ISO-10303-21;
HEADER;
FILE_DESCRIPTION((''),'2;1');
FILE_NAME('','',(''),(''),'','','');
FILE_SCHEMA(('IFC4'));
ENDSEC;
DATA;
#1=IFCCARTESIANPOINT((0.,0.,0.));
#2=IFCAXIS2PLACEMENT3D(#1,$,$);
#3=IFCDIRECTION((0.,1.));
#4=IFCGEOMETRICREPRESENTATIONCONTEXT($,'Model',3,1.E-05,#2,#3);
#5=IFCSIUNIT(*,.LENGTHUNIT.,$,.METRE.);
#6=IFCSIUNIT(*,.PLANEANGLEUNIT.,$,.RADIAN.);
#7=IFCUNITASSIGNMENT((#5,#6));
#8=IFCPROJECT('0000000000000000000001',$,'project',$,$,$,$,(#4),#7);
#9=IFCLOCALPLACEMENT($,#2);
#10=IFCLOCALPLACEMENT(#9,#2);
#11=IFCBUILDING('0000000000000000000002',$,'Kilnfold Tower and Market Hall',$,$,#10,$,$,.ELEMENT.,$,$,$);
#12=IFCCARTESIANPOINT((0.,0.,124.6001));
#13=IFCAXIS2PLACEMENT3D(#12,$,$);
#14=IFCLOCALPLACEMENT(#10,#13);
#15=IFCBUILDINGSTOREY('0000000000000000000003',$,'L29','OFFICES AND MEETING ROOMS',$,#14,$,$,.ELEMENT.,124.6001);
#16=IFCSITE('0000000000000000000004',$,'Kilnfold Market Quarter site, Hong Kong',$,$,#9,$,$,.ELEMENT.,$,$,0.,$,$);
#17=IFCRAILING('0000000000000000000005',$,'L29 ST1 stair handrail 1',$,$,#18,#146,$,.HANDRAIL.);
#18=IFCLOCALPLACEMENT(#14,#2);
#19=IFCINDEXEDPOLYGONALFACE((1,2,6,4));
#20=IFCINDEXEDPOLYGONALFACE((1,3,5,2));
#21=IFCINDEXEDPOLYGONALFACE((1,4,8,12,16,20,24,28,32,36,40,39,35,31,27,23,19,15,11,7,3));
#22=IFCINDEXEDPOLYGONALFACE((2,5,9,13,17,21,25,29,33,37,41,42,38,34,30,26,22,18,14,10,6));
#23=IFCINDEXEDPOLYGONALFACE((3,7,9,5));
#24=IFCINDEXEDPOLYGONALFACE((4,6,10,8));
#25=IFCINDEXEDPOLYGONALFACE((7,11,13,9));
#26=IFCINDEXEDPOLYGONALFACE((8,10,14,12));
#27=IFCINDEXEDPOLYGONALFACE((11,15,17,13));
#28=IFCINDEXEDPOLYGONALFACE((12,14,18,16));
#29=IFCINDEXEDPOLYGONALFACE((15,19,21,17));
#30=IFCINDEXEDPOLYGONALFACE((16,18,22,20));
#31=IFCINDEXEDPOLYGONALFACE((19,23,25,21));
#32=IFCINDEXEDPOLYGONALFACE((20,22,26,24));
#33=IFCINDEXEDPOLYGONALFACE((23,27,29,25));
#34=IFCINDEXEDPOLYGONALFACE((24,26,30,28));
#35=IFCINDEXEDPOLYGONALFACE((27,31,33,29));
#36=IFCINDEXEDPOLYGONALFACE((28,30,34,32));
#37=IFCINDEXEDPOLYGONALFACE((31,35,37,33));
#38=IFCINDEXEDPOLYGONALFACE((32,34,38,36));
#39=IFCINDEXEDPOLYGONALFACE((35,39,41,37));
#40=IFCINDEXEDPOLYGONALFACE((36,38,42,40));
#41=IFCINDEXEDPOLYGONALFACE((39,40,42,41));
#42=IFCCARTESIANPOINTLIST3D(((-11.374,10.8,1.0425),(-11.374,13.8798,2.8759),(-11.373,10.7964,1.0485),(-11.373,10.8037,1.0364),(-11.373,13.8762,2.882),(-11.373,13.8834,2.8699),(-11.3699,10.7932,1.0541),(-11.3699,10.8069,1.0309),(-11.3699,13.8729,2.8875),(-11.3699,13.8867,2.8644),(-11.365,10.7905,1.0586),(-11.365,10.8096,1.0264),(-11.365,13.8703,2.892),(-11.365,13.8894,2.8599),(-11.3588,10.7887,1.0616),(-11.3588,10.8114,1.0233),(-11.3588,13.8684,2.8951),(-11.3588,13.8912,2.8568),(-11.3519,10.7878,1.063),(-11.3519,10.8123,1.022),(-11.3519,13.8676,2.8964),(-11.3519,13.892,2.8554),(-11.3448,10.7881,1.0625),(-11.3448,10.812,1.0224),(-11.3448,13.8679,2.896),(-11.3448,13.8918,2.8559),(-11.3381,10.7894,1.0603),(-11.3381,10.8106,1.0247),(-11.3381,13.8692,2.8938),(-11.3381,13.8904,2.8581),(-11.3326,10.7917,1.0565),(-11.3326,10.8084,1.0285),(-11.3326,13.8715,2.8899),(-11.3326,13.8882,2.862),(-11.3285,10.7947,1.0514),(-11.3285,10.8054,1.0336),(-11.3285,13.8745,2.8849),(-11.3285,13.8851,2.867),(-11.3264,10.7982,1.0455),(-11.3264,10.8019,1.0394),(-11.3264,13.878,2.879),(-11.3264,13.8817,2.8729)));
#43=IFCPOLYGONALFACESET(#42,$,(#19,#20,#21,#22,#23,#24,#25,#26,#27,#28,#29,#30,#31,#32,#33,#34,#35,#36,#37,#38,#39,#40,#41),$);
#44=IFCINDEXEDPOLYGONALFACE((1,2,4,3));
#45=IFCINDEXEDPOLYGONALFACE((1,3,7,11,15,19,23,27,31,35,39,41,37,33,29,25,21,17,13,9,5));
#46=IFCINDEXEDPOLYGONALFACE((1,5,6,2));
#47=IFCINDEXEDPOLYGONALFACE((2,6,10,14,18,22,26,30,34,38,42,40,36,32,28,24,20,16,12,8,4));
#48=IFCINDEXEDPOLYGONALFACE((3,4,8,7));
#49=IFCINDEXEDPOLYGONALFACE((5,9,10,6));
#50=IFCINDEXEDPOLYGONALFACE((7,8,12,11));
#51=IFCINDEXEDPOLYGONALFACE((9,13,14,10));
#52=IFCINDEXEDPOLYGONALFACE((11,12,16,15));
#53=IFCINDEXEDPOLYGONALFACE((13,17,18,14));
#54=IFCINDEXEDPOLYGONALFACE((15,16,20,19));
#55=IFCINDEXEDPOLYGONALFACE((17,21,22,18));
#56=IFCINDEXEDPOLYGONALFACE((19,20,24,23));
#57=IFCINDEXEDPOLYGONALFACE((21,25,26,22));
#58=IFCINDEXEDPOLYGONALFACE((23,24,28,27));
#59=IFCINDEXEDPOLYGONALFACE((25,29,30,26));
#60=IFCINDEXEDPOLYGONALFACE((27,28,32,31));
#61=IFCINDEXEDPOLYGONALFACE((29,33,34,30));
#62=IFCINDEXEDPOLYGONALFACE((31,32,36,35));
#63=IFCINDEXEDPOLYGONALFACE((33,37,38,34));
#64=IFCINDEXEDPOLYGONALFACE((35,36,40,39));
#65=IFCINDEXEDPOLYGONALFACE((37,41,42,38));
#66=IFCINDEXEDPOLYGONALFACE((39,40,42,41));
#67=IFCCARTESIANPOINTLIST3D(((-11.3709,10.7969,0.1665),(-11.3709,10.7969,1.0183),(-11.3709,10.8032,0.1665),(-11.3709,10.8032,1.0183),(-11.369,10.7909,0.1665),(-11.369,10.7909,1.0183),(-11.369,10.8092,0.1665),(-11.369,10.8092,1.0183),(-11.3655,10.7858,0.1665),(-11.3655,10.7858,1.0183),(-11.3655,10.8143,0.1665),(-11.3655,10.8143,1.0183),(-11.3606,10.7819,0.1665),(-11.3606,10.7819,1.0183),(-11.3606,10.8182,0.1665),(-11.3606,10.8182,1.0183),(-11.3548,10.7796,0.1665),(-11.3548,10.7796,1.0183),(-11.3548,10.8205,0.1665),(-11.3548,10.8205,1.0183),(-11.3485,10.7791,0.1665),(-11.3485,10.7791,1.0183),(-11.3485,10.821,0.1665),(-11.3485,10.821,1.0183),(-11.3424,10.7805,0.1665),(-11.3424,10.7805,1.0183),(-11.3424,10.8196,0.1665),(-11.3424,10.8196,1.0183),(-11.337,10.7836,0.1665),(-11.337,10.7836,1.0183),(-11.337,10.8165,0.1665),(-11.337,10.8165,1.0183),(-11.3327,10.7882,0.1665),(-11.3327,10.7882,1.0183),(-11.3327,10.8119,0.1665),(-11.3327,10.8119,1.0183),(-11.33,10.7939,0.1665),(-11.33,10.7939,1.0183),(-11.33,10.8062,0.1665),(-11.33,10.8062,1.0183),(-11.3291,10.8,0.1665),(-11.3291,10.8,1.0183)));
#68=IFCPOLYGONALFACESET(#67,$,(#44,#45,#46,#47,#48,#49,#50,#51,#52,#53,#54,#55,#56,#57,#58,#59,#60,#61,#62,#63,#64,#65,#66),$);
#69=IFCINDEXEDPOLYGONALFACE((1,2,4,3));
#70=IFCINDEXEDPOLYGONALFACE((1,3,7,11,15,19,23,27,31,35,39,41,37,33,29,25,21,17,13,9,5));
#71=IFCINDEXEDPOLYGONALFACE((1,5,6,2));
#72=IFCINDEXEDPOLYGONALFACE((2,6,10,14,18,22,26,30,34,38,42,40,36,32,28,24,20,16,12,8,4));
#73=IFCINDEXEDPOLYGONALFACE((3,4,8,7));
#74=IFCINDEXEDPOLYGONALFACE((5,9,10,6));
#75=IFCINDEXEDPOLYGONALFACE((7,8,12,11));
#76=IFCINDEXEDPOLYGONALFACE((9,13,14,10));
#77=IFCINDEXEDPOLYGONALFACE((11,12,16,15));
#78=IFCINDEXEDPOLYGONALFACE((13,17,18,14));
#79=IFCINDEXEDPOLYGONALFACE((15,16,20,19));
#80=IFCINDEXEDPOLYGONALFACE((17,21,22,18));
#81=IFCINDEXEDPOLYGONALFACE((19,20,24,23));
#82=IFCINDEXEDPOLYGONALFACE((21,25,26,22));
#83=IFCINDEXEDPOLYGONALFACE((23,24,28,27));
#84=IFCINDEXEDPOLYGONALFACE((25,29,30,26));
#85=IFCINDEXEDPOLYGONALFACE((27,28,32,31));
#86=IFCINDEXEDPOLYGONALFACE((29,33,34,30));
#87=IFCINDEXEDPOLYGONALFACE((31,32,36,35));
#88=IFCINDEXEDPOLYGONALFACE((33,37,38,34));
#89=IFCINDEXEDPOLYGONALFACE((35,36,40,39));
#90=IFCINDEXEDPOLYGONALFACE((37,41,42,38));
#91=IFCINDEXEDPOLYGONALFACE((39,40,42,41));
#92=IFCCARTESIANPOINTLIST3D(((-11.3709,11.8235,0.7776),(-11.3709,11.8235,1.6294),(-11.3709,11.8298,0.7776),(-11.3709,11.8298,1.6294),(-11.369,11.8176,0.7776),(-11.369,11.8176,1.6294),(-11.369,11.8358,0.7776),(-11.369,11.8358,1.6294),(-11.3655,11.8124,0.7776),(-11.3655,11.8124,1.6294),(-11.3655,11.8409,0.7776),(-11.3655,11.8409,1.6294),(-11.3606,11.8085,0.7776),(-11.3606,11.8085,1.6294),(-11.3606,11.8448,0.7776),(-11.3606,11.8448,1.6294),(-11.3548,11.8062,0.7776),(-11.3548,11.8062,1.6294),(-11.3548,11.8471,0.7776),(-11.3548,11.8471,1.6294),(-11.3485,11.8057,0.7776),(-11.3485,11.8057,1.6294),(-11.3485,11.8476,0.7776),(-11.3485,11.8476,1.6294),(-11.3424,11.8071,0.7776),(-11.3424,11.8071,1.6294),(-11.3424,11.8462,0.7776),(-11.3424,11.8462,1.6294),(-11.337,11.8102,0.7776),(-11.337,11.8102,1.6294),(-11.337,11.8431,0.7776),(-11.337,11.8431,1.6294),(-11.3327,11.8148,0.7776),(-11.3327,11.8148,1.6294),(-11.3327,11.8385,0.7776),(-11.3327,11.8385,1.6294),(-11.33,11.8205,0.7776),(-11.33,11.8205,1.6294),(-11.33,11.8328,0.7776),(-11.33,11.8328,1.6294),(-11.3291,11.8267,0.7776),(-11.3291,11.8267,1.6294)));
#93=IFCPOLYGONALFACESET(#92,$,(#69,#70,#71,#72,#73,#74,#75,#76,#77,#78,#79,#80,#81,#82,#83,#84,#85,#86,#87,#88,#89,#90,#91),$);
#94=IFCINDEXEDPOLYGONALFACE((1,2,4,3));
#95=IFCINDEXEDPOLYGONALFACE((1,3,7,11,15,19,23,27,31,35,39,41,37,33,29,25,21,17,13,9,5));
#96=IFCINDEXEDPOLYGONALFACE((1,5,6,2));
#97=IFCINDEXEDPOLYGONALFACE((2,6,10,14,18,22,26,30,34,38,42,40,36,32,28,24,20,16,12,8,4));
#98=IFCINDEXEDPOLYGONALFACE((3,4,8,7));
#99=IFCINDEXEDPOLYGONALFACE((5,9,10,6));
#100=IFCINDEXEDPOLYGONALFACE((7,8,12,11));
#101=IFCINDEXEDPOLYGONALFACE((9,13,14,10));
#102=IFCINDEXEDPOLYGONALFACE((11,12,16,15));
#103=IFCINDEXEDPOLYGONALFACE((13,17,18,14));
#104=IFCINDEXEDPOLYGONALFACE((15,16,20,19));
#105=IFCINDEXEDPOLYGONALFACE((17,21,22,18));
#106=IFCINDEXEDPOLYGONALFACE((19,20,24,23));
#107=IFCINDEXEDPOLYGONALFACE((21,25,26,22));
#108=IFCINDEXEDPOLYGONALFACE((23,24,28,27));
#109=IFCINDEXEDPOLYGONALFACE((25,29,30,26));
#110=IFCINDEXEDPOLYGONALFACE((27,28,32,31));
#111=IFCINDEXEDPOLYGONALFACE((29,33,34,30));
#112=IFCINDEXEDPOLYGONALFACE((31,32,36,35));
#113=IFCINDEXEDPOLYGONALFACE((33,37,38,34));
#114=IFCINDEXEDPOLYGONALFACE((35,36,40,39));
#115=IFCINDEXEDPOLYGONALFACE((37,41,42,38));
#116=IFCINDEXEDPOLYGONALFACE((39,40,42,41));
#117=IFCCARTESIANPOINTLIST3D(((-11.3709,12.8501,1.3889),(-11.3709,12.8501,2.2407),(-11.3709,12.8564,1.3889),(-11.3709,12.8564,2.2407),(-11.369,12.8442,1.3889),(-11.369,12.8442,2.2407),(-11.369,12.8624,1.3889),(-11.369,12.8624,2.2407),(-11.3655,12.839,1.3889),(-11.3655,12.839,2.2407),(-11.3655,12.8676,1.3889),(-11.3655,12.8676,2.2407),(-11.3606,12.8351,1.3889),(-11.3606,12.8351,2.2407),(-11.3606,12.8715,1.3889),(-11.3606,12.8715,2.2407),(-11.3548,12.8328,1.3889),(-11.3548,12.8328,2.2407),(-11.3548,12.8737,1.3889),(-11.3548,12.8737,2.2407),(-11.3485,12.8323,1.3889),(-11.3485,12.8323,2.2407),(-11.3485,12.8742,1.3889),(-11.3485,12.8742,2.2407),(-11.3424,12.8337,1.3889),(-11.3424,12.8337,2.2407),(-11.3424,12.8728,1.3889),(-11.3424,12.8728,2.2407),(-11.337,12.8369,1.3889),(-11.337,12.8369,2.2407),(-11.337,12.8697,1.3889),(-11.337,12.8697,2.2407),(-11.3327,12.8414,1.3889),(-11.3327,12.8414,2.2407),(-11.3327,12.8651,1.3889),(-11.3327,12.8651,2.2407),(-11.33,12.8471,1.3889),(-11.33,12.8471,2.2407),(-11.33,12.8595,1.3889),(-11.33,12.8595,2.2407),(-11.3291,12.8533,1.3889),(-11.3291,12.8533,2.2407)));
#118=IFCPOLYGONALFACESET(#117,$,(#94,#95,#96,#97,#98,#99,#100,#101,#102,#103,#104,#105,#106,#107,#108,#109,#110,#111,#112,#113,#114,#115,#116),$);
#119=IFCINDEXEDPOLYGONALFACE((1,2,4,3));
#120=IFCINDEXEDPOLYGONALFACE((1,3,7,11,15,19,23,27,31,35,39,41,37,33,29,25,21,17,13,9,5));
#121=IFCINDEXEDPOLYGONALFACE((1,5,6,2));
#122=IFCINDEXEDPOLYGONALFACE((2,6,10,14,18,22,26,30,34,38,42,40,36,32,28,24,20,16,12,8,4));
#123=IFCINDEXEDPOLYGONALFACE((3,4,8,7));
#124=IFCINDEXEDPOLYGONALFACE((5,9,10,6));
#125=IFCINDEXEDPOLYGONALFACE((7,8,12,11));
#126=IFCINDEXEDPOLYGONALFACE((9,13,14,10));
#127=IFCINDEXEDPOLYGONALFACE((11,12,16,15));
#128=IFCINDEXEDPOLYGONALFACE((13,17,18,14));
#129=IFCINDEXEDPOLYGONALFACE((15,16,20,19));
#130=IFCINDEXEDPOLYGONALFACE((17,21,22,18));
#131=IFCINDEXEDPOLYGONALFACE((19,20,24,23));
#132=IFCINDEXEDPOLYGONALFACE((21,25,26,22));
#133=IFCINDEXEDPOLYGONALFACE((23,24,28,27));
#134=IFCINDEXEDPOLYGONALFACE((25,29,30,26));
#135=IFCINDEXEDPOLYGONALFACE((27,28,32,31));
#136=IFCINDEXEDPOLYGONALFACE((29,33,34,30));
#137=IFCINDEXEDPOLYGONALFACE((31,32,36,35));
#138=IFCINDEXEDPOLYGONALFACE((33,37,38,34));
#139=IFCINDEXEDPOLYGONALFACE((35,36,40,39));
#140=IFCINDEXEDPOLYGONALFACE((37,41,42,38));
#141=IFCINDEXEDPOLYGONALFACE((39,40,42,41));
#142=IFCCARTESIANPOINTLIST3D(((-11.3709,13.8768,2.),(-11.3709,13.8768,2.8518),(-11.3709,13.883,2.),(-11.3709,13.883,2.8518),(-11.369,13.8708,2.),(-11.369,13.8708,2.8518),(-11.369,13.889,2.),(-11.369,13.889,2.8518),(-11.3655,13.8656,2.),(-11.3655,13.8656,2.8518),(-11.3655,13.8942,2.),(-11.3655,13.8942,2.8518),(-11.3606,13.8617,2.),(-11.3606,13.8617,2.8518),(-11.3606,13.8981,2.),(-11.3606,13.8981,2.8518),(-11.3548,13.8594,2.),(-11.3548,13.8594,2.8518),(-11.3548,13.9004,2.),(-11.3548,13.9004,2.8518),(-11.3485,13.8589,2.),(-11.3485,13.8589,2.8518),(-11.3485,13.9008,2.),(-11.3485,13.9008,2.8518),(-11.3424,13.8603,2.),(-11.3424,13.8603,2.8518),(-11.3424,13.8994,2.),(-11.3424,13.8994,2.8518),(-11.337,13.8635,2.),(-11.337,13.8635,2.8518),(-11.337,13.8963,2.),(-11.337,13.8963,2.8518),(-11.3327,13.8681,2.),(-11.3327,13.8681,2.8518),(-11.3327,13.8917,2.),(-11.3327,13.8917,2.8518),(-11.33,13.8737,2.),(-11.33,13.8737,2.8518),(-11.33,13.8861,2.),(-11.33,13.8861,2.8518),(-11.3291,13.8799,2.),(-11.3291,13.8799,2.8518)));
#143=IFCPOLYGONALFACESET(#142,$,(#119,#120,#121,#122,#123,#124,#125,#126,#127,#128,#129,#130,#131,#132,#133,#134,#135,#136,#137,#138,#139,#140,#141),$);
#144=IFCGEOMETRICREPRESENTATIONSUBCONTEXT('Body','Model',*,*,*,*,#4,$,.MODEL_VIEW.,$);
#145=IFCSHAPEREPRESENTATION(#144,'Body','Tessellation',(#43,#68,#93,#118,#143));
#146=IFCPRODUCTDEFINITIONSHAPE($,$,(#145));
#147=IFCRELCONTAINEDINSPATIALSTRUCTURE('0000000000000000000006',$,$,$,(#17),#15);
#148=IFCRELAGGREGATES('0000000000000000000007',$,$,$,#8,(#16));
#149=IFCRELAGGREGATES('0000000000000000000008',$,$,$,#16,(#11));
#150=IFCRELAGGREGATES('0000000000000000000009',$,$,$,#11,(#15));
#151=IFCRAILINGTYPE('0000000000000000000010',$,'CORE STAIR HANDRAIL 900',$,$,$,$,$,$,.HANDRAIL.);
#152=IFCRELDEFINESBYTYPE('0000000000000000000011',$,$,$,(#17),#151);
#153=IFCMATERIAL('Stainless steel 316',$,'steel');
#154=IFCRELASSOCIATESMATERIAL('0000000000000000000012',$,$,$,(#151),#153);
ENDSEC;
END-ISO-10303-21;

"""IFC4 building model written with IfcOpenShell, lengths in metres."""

from ifc_helpers import new_model, si_unit, direction, frame, origin, origin_2d, place, context, subcontext, project, spatial, circle, extrude, material, type_object, element, save


model = new_model("IFC4")

# Units and contexts
model_context = context("Model", 3, precision=1e-05, world=origin(), true_north=direction((0.0, 1.0)))
body_context = subcontext(model_context, "Body", "Model", "MODEL_VIEW")
ifc_project = project(units=[si_unit("LENGTHUNIT", "METRE"), si_unit("PLANEANGLEUNIT", "RADIAN")], contexts=[model_context])

# Site, building, storey
site_placement = place(None, origin())
site = spatial("IfcSite", under=ifc_project, at=site_placement, Name="Kilnfold Market Quarter site, Hong Kong", CompositionType="ELEMENT", RefElevation=0.0)
building_placement = place(site_placement, origin())
building = spatial("IfcBuilding", under=site, at=building_placement, Name="Kilnfold Tower and Market Hall", CompositionType="ELEMENT")
storey_placement = place(building_placement, frame((0.0, 0.0, 124.6001)))
storey = spatial("IfcBuildingStorey", under=building, at=storey_placement, Name="L29", Description="OFFICES AND MEETING ROOMS", CompositionType="ELEMENT", Elevation=124.6001)

# Railing
ifc_material_1 = material(Name="Stainless steel 316", Category="steel")
railing_type_1 = type_object("IfcRailingType", Name="CORE STAIR HANDRAIL 900", PredefinedType="HANDRAIL", material=ifc_material_1)
railing_1_placement = place(storey_placement, frame((-11.3501, 10.8, 0.1665)))
element("IfcRailing", 1, at=railing_1_placement, inside=storey, type_object=railing_type_1, Name="L29 ST1 stair handrail 1", PredefinedType="HANDRAIL", context=body_context, shape_type="SweptSolid", body=[
    extrude(circle(Radius=0.0239, at=origin_2d()), frame((0.0, 0.0, 0.876), z_axis=(0.0, 0.859261, 0.511538), x_axis=(-1.0, 0.0, 0.0)), (0.0, 0.0, 1.0), 3.5842),
    extrude(circle(Radius=0.021, at=origin_2d()), origin(), (0.0, 0.0, 1.0), 0.8518),
    extrude(circle(Radius=0.021, at=origin_2d()), frame((0.0, 1.0266, 0.6111)), (0.0, 0.0, 1.0), 0.8518),
    extrude(circle(Radius=0.021, at=origin_2d()), frame((0.0, 2.0532, 1.2224)), (0.0, 0.0, 1.0), 0.8518),
    extrude(circle(Radius=0.021, at=origin_2d()), frame((0.0, 3.0798, 1.8335)), (0.0, 0.0, 1.0), 0.8518),
])

save(model, "model.ifc")
